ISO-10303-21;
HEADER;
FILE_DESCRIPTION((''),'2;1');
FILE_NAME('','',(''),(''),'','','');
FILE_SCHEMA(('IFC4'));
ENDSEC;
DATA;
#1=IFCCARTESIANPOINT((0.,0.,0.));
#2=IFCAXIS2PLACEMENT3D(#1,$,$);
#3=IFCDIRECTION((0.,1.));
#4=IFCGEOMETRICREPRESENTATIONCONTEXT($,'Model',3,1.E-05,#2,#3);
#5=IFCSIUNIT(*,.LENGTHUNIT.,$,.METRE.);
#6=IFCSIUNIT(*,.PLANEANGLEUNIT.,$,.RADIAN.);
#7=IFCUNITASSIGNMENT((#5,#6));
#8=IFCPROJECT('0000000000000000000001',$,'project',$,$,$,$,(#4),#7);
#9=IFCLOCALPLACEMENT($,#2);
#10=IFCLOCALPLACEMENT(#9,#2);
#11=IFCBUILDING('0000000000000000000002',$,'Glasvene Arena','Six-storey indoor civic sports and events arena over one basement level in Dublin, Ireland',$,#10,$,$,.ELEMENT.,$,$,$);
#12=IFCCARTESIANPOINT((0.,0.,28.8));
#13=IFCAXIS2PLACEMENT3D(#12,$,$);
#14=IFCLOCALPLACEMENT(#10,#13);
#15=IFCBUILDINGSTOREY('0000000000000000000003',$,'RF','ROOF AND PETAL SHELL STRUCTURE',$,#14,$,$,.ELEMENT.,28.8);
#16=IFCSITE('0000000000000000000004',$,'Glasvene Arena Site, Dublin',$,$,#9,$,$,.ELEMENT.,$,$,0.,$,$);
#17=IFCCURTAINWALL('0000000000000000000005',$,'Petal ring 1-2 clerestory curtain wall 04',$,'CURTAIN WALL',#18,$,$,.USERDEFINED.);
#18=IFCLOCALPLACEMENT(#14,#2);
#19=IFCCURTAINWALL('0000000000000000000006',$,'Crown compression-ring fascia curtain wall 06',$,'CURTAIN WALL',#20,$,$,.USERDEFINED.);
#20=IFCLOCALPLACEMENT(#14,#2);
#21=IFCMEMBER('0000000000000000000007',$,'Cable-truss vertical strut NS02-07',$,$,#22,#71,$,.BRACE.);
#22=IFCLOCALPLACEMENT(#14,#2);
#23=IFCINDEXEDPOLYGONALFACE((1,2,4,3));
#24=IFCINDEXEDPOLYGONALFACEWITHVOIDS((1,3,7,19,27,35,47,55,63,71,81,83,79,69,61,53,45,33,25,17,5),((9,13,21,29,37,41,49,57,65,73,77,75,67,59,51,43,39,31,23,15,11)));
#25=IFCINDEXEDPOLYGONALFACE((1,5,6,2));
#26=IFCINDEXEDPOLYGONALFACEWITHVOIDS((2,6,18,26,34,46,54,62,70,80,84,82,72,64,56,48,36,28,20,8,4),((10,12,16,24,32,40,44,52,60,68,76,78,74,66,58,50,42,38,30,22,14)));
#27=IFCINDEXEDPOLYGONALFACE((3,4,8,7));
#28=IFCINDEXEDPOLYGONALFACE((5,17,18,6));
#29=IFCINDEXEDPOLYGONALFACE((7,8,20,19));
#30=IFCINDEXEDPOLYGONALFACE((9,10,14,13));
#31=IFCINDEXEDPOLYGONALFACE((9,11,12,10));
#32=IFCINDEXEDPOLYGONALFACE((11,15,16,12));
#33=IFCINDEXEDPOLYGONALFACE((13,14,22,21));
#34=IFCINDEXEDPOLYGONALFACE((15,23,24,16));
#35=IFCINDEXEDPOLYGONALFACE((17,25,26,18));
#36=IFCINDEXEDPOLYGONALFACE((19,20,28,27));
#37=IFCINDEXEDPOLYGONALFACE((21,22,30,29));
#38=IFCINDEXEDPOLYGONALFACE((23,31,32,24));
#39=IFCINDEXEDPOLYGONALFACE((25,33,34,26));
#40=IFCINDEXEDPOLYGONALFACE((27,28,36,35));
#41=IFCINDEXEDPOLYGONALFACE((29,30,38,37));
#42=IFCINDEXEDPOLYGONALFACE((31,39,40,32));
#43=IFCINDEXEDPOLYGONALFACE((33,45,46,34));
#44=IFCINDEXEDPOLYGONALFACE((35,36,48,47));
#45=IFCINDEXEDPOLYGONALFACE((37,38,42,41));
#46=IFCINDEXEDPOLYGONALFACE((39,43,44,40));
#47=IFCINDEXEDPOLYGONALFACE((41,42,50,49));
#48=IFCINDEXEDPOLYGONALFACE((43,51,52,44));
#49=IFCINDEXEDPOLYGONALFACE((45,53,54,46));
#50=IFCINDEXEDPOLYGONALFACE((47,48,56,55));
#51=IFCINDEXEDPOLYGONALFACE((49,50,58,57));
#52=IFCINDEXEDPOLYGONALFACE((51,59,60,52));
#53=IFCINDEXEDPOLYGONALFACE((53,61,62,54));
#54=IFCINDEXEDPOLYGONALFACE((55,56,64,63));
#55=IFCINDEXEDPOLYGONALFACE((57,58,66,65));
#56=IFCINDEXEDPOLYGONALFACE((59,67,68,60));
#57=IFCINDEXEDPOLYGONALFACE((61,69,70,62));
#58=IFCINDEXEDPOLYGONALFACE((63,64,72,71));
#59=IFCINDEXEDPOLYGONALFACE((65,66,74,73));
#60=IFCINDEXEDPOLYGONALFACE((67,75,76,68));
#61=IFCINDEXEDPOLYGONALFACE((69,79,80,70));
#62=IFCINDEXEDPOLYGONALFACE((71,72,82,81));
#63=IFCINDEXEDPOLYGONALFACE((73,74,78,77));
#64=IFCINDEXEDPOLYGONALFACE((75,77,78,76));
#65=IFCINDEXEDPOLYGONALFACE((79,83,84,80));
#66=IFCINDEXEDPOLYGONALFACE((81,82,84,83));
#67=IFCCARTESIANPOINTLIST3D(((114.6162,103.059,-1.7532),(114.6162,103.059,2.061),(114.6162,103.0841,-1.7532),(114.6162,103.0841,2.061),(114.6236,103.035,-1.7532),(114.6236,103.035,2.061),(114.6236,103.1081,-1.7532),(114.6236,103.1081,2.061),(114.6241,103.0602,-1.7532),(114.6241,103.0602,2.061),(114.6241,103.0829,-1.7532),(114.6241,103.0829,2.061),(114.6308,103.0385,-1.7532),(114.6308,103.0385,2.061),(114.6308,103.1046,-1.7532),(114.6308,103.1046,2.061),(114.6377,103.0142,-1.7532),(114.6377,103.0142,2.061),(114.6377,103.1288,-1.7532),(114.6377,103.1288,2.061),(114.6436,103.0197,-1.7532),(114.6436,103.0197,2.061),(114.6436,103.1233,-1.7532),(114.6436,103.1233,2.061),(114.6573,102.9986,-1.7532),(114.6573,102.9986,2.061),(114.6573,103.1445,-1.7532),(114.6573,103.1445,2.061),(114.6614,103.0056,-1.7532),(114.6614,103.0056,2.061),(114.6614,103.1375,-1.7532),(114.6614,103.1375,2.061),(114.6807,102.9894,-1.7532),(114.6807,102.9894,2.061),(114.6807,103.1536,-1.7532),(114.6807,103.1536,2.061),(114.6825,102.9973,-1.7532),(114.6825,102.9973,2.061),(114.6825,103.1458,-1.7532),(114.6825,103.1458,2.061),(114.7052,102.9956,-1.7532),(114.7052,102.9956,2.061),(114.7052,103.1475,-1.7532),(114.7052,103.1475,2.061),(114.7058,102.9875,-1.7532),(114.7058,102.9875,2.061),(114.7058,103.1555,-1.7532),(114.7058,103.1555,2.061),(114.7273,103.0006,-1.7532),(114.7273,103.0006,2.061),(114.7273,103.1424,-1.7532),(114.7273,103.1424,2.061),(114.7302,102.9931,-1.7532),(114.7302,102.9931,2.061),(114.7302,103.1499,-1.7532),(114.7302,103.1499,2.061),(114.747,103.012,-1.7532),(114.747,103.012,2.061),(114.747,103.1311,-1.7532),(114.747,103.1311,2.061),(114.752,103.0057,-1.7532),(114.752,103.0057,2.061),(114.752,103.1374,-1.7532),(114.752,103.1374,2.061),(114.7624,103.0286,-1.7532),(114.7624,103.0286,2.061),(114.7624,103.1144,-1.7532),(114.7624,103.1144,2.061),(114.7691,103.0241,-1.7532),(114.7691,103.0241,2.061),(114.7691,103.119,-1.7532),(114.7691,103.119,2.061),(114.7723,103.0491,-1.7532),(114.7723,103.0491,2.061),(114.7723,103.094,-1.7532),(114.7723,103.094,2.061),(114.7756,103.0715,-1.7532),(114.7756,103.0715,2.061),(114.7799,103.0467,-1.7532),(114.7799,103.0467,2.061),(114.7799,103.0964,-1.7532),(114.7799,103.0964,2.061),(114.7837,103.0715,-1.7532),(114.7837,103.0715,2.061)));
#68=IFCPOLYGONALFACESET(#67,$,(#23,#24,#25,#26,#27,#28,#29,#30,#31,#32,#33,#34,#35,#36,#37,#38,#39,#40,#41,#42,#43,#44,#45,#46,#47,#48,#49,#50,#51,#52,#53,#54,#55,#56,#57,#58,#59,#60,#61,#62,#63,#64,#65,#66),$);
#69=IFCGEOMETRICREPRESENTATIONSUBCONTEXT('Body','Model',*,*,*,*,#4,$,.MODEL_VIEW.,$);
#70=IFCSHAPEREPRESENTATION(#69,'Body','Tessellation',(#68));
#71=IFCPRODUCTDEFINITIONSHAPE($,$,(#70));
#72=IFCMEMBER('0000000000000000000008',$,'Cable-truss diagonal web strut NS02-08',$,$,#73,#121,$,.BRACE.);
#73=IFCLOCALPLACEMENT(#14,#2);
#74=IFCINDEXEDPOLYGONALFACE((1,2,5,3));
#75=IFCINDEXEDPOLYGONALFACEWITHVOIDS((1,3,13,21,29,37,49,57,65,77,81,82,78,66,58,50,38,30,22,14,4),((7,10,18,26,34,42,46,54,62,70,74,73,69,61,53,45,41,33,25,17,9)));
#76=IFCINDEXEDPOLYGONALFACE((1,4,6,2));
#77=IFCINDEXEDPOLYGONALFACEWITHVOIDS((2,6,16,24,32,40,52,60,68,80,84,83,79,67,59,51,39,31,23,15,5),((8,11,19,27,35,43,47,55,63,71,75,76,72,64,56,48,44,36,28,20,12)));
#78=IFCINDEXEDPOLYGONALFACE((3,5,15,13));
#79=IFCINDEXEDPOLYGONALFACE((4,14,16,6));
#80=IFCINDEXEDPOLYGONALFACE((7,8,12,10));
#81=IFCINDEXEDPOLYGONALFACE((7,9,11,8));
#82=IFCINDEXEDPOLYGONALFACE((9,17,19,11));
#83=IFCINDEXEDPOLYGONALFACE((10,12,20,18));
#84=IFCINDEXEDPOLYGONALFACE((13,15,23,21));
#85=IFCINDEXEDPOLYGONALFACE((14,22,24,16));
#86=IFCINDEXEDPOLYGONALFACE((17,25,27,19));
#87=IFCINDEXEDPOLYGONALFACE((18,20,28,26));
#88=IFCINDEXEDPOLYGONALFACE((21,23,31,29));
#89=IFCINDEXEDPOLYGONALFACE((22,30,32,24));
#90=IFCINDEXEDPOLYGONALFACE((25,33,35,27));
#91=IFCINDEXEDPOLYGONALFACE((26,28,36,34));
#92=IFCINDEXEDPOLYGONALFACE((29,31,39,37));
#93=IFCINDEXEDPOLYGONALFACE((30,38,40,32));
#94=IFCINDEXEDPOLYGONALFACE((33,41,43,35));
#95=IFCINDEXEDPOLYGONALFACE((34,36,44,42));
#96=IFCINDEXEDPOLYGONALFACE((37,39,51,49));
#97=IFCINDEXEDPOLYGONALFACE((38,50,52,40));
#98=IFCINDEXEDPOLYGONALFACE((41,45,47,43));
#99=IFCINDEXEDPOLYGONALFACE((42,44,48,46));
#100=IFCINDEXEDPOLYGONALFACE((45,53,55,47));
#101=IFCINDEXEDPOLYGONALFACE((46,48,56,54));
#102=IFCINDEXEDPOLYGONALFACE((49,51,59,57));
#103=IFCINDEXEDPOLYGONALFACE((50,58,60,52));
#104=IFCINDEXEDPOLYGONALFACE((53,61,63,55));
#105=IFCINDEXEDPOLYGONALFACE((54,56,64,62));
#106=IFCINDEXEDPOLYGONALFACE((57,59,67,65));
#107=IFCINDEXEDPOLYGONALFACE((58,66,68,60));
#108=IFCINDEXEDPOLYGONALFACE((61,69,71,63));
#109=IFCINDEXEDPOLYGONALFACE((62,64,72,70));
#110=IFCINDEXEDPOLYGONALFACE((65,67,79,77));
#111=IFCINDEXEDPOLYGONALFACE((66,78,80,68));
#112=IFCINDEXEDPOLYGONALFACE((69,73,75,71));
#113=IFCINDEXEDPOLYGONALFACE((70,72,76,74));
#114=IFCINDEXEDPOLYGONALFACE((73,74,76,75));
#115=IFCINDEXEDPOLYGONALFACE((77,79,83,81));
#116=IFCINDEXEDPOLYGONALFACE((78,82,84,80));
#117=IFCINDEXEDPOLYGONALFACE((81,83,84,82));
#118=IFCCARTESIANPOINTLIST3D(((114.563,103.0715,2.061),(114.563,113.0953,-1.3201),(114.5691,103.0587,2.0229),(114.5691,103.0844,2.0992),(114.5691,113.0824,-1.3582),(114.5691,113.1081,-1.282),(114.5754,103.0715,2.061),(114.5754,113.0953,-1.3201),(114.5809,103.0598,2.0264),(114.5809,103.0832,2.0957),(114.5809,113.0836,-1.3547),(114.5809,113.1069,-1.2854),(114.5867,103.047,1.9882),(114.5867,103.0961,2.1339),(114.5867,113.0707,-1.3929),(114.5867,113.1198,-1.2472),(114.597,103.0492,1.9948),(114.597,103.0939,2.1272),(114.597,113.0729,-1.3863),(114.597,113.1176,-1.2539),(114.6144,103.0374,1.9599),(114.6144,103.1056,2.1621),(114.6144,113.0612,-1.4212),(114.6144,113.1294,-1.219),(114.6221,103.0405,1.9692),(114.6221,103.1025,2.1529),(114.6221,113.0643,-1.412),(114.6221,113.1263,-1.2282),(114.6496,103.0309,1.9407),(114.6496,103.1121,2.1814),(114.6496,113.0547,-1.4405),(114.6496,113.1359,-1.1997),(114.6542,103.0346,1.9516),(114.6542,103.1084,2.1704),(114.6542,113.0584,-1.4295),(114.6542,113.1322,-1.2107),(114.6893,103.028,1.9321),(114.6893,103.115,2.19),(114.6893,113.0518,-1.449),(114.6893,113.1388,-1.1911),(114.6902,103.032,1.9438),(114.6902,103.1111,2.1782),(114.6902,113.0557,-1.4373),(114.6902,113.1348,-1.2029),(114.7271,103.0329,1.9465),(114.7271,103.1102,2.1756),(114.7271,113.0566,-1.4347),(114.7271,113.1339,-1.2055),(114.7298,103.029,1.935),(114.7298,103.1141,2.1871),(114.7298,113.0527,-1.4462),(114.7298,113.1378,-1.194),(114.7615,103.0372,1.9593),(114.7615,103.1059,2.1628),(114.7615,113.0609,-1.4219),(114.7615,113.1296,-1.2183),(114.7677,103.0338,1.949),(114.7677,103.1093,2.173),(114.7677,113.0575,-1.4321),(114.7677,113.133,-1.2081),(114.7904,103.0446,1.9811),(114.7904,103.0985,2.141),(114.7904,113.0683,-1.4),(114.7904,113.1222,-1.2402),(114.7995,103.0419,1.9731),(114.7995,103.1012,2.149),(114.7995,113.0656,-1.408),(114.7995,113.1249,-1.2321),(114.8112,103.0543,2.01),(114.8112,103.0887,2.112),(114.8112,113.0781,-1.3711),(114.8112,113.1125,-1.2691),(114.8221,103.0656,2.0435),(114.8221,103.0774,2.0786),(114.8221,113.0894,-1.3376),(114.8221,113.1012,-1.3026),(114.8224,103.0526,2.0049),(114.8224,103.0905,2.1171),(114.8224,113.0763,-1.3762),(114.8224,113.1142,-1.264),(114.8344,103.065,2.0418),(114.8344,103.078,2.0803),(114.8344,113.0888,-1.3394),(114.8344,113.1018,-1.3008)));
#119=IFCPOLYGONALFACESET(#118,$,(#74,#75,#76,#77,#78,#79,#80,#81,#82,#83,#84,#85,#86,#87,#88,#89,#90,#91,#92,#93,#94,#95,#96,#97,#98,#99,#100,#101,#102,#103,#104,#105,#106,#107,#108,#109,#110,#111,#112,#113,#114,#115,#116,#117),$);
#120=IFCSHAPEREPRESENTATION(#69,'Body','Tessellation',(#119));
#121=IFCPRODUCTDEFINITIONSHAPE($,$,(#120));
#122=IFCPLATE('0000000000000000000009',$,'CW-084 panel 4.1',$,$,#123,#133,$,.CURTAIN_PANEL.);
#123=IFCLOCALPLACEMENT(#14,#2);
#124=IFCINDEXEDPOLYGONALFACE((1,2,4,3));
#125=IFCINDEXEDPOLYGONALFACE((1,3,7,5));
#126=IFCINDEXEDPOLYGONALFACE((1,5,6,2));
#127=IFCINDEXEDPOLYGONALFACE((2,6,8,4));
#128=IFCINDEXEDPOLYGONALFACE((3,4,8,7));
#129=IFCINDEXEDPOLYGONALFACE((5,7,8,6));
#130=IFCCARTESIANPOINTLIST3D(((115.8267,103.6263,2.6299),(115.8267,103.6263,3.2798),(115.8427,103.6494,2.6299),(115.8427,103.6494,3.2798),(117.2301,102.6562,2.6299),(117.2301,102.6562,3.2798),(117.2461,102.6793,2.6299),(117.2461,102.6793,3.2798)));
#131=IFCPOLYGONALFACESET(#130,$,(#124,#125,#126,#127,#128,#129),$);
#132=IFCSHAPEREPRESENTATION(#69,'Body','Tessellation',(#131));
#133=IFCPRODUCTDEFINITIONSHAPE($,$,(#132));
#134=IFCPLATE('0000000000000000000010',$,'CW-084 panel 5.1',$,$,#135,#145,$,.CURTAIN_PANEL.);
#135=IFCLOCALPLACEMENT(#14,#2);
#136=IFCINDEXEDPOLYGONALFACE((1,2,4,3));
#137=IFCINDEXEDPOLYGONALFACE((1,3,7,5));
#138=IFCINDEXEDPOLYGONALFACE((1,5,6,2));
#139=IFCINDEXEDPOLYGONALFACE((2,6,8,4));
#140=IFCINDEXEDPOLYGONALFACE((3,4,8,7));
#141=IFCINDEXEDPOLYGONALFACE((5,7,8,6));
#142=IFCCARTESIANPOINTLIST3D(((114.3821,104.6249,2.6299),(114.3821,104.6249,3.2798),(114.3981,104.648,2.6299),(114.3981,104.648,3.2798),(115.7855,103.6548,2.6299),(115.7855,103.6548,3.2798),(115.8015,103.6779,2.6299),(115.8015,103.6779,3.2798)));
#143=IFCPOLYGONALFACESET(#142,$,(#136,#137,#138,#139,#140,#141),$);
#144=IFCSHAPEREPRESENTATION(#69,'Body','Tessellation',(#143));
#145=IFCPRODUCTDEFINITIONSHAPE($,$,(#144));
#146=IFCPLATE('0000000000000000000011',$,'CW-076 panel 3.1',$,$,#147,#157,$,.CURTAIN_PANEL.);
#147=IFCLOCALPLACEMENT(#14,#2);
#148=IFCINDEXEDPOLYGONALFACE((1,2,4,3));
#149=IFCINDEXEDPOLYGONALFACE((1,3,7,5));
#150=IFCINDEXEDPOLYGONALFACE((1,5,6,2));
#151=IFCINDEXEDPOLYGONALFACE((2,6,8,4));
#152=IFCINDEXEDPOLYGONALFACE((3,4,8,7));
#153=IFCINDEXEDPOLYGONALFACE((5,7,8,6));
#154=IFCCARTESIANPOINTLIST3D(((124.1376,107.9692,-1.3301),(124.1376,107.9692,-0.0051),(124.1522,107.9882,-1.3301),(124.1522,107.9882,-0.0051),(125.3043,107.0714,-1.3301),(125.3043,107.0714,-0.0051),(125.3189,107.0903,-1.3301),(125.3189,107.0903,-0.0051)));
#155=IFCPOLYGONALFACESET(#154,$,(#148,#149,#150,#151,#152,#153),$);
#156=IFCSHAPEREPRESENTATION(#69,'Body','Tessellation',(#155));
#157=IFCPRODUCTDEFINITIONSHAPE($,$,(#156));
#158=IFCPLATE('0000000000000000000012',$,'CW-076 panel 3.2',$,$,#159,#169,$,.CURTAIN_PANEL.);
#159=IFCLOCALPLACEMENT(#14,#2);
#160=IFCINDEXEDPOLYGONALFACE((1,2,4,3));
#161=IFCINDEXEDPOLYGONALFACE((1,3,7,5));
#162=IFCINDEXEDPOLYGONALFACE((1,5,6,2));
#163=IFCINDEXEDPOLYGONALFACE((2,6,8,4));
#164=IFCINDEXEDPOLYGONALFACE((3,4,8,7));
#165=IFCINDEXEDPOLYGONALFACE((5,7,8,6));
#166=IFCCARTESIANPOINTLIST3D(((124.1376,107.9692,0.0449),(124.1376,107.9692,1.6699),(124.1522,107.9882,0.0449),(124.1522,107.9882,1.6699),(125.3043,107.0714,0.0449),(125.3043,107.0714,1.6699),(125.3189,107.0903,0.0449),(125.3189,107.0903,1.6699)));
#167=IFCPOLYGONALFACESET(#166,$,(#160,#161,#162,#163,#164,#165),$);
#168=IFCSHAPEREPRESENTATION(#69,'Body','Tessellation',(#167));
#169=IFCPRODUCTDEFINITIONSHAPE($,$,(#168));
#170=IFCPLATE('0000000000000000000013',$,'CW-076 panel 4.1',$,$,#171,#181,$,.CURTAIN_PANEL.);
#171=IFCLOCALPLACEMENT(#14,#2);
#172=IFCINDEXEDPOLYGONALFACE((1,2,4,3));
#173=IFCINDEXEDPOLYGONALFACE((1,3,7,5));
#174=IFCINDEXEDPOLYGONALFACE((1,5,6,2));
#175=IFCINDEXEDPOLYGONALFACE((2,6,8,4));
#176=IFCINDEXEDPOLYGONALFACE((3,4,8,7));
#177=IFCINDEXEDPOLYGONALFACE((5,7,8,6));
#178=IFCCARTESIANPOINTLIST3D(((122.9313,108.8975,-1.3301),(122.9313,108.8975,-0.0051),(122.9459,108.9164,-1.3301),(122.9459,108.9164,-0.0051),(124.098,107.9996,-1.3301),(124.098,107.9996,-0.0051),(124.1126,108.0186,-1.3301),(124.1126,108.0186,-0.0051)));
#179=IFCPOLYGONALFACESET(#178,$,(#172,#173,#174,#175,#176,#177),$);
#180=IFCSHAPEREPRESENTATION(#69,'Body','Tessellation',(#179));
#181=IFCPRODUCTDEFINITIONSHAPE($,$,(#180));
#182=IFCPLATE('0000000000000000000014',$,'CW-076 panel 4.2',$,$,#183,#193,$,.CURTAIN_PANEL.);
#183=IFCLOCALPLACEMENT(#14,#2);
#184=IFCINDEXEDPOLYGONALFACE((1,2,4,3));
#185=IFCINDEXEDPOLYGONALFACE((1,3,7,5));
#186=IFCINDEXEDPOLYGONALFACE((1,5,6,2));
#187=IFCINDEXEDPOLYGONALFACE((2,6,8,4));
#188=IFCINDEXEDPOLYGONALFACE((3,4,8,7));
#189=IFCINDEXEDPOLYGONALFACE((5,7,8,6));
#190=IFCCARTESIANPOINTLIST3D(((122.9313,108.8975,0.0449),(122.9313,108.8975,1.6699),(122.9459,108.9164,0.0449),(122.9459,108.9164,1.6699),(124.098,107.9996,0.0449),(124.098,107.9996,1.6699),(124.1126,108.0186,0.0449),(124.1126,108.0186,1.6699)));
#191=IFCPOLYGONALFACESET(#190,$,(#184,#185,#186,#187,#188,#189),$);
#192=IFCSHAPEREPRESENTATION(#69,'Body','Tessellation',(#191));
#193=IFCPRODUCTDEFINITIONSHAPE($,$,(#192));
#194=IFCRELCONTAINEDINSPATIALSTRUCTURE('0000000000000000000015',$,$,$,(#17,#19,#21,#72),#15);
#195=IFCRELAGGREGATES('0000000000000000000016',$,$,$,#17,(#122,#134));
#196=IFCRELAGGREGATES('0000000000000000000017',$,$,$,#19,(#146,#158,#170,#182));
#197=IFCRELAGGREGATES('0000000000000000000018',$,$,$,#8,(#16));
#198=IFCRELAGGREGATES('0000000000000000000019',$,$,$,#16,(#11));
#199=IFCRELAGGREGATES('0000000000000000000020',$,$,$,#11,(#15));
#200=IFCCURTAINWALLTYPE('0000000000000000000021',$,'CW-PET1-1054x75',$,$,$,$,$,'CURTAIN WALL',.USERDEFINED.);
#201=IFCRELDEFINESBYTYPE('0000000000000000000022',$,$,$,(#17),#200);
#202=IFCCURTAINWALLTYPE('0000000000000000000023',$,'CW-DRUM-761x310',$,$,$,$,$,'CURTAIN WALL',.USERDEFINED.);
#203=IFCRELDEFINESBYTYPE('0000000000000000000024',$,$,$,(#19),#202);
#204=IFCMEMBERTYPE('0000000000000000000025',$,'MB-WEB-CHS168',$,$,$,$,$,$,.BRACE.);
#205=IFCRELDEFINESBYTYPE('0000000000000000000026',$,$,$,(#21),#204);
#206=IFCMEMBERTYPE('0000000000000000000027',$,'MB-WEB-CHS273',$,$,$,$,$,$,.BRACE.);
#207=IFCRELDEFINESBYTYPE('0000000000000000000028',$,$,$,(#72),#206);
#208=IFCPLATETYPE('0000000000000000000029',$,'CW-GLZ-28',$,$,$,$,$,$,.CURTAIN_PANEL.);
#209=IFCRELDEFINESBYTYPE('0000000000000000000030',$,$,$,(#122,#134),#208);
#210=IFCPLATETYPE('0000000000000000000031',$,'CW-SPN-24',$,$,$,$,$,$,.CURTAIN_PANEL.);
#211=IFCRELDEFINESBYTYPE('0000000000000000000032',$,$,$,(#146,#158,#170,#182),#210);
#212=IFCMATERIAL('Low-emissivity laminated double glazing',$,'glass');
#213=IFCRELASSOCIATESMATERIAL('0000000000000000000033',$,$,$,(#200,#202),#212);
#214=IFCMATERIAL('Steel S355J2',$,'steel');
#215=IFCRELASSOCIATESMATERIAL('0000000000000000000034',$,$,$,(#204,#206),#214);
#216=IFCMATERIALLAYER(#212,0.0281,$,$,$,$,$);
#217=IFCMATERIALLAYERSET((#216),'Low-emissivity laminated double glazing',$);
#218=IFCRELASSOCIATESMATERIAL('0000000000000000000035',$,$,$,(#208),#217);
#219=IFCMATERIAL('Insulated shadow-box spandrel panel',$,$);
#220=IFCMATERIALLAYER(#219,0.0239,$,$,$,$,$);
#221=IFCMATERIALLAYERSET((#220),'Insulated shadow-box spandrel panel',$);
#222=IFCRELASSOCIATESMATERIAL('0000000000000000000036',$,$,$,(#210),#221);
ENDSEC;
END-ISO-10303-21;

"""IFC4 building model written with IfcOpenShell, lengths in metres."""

from ifc_helpers import new_model, si_unit, direction, frame, origin, origin_2d, place, context, subcontext, project, spatial, rectangle, hollow_circle, extrude, material, layer, layer_set, material_profile, profile_set, type_object, element, aggregate, save


model = new_model("IFC4")

# Units and contexts
model_context = context("Model", 3, precision=1e-05, world=origin(), true_north=direction((0.0, 1.0)))
body_context = subcontext(model_context, "Body", "Model", "MODEL_VIEW")
ifc_project = project(units=[si_unit("LENGTHUNIT", "METRE"), si_unit("PLANEANGLEUNIT", "RADIAN")], contexts=[model_context])

# Site, building, storey
site_placement = place(None, origin())
site = spatial("IfcSite", under=ifc_project, at=site_placement, Name="Glasvene Arena Site, Dublin", CompositionType="ELEMENT", RefElevation=0.0)
building_placement = place(site_placement, origin())
building = spatial("IfcBuilding", under=site, at=building_placement, Name="Glasvene Arena", Description="Six-storey indoor civic sports and events arena over one basement level in Dublin, Ireland", CompositionType="ELEMENT")
storey_placement = place(building_placement, frame((0.0, 0.0, 28.8)))
storey = spatial("IfcBuildingStorey", under=building, at=storey_placement, Name="RF", Description="ROOF AND PETAL SHELL STRUCTURE", CompositionType="ELEMENT", Elevation=28.8)

# Shared definitions
ifc_material_1 = material(Name="Steel S355J2", Category="steel")

# Curtain wall
ifc_material_2 = material(Name="Low-emissivity laminated double glazing", Category="glass")
curtain_wall_type_1 = type_object("IfcCurtainWallType", Name="CW-PET1-1054x75", ElementType="CURTAIN WALL", PredefinedType="USERDEFINED", material=ifc_material_2)
curtain_wall_1_placement = place(storey_placement, frame((121.5923, 99.658, 0.0)))
curtain_wall_1 = element("IfcCurtainWall", 1, at=curtain_wall_1_placement, inside=storey, type_object=curtain_wall_type_1, Name="Petal ring 1-2 clerestory curtain wall 04", ObjectType="CURTAIN WALL", PredefinedType="USERDEFINED")

# Curtain wall
curtain_wall_type_2 = type_object("IfcCurtainWallType", Name="CW-DRUM-761x310", ElementType="CURTAIN WALL", PredefinedType="USERDEFINED", material=ifc_material_2)
curtain_wall_2_placement = place(storey_placement, frame((127.7441, 105.2087, 0.0)))
curtain_wall_2 = element("IfcCurtainWall", 2, at=curtain_wall_2_placement, inside=storey, type_object=curtain_wall_type_2, Name="Crown compression-ring fascia curtain wall 06", ObjectType="CURTAIN WALL", PredefinedType="USERDEFINED")

# Members
ifc_material_profile_1 = material_profile(ifc_material_1, hollow_circle(Radius=0.0842, WallThickness=0.0081, at=origin_2d()), Name="CHS 168.3x8.0")
ifc_profile_set_1 = profile_set([ifc_material_profile_1], Name="Steel S355J2")
member_type_1 = type_object("IfcMemberType", Name="MB-WEB-CHS168", PredefinedType="BRACE", material=ifc_profile_set_1)
member_1_placement = place(storey_placement, frame((114.6995, 103.0715, -1.7532), z_axis=(0.0, 0.0, 1.0), x_axis=(1.0, 0.0, 0.0)))
element("IfcMember", 3, at=member_1_placement, inside=storey, type_object=member_type_1, Name="Cable-truss vertical strut NS02-07", PredefinedType="BRACE", context=body_context, shape_type="SweptSolid", body=[
    extrude(hollow_circle(Radius=0.0842, WallThickness=0.0081, at=origin_2d()), origin(), (0.0, 0.0, 1.0), 3.8142),
])
ifc_material_profile_2 = material_profile(ifc_material_1, hollow_circle(Radius=0.1365, WallThickness=0.0125, at=origin_2d()), Name="CHS 273.0x12.5")
ifc_profile_set_2 = profile_set([ifc_material_profile_2], Name="Steel S355J2")
member_type_2 = type_object("IfcMemberType", Name="MB-WEB-CHS273", PredefinedType="BRACE", material=ifc_profile_set_2)
member_2_placement = place(storey_placement, frame((114.6995, 103.0715, 2.061), z_axis=(0.0, 0.947546, -0.319618), x_axis=(-1.0, 0.0, 0.0)))
element("IfcMember", 4, at=member_2_placement, inside=storey, type_object=member_type_2, Name="Cable-truss diagonal web strut NS02-08", PredefinedType="BRACE", context=body_context, shape_type="SweptSolid", body=[
    extrude(hollow_circle(Radius=0.1365, WallThickness=0.0125, at=origin_2d()), origin(), (0.0, 0.0, 1.0), 10.5786),
])

# Plates
ifc_layer_1 = layer(ifc_material_2, 0.0281)
ifc_layer_set_1 = layer_set([ifc_layer_1], Name="Low-emissivity laminated double glazing")
plate_type_1 = type_object("IfcPlateType", Name="CW-GLZ-28", PredefinedType="CURTAIN_PANEL", material=ifc_layer_set_1)
plate_1_placement = place(storey_placement, frame((116.5364, 103.1528, 2.6299), z_axis=(0.0, 0.0, 1.0), x_axis=(-0.822601, 0.568619, 0.0)))
plate_1 = element("IfcPlate", 5, at=plate_1_placement, type_object=plate_type_1, Name="CW-084 panel 4.1", PredefinedType="CURTAIN_PANEL", context=body_context, shape_type="SweptSolid", body=[
    extrude(rectangle(XDim=1.7061, YDim=0.0281, at=origin_2d()), origin(), (0.0, 0.0, 1.0), 0.6499),
])
plate_2_placement = place(storey_placement, frame((115.0918, 104.1514, 2.6299), z_axis=(0.0, 0.0, 1.0), x_axis=(-0.822601, 0.568619, 0.0)))
plate_2 = element("IfcPlate", 6, at=plate_2_placement, type_object=plate_type_1, Name="CW-084 panel 5.1", PredefinedType="CURTAIN_PANEL", context=body_context, shape_type="SweptSolid", body=[
    extrude(rectangle(XDim=1.7061, YDim=0.0281, at=origin_2d()), origin(), (0.0, 0.0, 1.0), 0.6499),
])
aggregate(curtain_wall_1, [plate_1, plate_2])
ifc_material_3 = material(Name="Insulated shadow-box spandrel panel")
ifc_layer_2 = layer(ifc_material_3, 0.0239)
ifc_layer_set_2 = layer_set([ifc_layer_2], Name="Insulated shadow-box spandrel panel")
plate_type_2 = type_object("IfcPlateType", Name="CW-SPN-24", PredefinedType="CURTAIN_PANEL", material=ifc_layer_set_2)
plate_3_placement = place(storey_placement, frame((124.7283, 107.5298, -1.3301), z_axis=(0.0, 0.0, 1.0), x_axis=(-0.792482, 0.609895, 0.0)))
plate_3 = element("IfcPlate", 7, at=plate_3_placement, type_object=plate_type_2, Name="CW-076 panel 3.1", PredefinedType="CURTAIN_PANEL", context=body_context, shape_type="SweptSolid", body=[
    extrude(rectangle(XDim=1.4722, YDim=0.0239, at=origin_2d()), origin(), (0.0, 0.0, 1.0), 1.325),
])
plate_4_placement = place(storey_placement, frame((124.7283, 107.5298, 0.0449), z_axis=(0.0, 0.0, 1.0), x_axis=(-0.792482, 0.609895, 0.0)))
plate_4 = element("IfcPlate", 8, at=plate_4_placement, type_object=plate_type_2, Name="CW-076 panel 3.2", PredefinedType="CURTAIN_PANEL", context=body_context, shape_type="SweptSolid", body=[
    extrude(rectangle(XDim=1.4722, YDim=0.0239, at=origin_2d()), origin(), (0.0, 0.0, 1.0), 1.625),
])
plate_5_placement = place(storey_placement, frame((123.522, 108.458, -1.3301), z_axis=(0.0, 0.0, 1.0), x_axis=(-0.792482, 0.609895, 0.0)))
plate_5 = element("IfcPlate", 9, at=plate_5_placement, type_object=plate_type_2, Name="CW-076 panel 4.1", PredefinedType="CURTAIN_PANEL", context=body_context, shape_type="SweptSolid", body=[
    extrude(rectangle(XDim=1.4722, YDim=0.0239, at=origin_2d()), origin(), (0.0, 0.0, 1.0), 1.325),
])
plate_6_placement = place(storey_placement, frame((123.522, 108.458, 0.0449), z_axis=(0.0, 0.0, 1.0), x_axis=(-0.792482, 0.609895, 0.0)))
plate_6 = element("IfcPlate", 10, at=plate_6_placement, type_object=plate_type_2, Name="CW-076 panel 4.2", PredefinedType="CURTAIN_PANEL", context=body_context, shape_type="SweptSolid", body=[
    extrude(rectangle(XDim=1.4722, YDim=0.0239, at=origin_2d()), origin(), (0.0, 0.0, 1.0), 1.625),
])
aggregate(curtain_wall_2, [plate_3, plate_4, plate_5, plate_6])

save(model, "model.ifc")
